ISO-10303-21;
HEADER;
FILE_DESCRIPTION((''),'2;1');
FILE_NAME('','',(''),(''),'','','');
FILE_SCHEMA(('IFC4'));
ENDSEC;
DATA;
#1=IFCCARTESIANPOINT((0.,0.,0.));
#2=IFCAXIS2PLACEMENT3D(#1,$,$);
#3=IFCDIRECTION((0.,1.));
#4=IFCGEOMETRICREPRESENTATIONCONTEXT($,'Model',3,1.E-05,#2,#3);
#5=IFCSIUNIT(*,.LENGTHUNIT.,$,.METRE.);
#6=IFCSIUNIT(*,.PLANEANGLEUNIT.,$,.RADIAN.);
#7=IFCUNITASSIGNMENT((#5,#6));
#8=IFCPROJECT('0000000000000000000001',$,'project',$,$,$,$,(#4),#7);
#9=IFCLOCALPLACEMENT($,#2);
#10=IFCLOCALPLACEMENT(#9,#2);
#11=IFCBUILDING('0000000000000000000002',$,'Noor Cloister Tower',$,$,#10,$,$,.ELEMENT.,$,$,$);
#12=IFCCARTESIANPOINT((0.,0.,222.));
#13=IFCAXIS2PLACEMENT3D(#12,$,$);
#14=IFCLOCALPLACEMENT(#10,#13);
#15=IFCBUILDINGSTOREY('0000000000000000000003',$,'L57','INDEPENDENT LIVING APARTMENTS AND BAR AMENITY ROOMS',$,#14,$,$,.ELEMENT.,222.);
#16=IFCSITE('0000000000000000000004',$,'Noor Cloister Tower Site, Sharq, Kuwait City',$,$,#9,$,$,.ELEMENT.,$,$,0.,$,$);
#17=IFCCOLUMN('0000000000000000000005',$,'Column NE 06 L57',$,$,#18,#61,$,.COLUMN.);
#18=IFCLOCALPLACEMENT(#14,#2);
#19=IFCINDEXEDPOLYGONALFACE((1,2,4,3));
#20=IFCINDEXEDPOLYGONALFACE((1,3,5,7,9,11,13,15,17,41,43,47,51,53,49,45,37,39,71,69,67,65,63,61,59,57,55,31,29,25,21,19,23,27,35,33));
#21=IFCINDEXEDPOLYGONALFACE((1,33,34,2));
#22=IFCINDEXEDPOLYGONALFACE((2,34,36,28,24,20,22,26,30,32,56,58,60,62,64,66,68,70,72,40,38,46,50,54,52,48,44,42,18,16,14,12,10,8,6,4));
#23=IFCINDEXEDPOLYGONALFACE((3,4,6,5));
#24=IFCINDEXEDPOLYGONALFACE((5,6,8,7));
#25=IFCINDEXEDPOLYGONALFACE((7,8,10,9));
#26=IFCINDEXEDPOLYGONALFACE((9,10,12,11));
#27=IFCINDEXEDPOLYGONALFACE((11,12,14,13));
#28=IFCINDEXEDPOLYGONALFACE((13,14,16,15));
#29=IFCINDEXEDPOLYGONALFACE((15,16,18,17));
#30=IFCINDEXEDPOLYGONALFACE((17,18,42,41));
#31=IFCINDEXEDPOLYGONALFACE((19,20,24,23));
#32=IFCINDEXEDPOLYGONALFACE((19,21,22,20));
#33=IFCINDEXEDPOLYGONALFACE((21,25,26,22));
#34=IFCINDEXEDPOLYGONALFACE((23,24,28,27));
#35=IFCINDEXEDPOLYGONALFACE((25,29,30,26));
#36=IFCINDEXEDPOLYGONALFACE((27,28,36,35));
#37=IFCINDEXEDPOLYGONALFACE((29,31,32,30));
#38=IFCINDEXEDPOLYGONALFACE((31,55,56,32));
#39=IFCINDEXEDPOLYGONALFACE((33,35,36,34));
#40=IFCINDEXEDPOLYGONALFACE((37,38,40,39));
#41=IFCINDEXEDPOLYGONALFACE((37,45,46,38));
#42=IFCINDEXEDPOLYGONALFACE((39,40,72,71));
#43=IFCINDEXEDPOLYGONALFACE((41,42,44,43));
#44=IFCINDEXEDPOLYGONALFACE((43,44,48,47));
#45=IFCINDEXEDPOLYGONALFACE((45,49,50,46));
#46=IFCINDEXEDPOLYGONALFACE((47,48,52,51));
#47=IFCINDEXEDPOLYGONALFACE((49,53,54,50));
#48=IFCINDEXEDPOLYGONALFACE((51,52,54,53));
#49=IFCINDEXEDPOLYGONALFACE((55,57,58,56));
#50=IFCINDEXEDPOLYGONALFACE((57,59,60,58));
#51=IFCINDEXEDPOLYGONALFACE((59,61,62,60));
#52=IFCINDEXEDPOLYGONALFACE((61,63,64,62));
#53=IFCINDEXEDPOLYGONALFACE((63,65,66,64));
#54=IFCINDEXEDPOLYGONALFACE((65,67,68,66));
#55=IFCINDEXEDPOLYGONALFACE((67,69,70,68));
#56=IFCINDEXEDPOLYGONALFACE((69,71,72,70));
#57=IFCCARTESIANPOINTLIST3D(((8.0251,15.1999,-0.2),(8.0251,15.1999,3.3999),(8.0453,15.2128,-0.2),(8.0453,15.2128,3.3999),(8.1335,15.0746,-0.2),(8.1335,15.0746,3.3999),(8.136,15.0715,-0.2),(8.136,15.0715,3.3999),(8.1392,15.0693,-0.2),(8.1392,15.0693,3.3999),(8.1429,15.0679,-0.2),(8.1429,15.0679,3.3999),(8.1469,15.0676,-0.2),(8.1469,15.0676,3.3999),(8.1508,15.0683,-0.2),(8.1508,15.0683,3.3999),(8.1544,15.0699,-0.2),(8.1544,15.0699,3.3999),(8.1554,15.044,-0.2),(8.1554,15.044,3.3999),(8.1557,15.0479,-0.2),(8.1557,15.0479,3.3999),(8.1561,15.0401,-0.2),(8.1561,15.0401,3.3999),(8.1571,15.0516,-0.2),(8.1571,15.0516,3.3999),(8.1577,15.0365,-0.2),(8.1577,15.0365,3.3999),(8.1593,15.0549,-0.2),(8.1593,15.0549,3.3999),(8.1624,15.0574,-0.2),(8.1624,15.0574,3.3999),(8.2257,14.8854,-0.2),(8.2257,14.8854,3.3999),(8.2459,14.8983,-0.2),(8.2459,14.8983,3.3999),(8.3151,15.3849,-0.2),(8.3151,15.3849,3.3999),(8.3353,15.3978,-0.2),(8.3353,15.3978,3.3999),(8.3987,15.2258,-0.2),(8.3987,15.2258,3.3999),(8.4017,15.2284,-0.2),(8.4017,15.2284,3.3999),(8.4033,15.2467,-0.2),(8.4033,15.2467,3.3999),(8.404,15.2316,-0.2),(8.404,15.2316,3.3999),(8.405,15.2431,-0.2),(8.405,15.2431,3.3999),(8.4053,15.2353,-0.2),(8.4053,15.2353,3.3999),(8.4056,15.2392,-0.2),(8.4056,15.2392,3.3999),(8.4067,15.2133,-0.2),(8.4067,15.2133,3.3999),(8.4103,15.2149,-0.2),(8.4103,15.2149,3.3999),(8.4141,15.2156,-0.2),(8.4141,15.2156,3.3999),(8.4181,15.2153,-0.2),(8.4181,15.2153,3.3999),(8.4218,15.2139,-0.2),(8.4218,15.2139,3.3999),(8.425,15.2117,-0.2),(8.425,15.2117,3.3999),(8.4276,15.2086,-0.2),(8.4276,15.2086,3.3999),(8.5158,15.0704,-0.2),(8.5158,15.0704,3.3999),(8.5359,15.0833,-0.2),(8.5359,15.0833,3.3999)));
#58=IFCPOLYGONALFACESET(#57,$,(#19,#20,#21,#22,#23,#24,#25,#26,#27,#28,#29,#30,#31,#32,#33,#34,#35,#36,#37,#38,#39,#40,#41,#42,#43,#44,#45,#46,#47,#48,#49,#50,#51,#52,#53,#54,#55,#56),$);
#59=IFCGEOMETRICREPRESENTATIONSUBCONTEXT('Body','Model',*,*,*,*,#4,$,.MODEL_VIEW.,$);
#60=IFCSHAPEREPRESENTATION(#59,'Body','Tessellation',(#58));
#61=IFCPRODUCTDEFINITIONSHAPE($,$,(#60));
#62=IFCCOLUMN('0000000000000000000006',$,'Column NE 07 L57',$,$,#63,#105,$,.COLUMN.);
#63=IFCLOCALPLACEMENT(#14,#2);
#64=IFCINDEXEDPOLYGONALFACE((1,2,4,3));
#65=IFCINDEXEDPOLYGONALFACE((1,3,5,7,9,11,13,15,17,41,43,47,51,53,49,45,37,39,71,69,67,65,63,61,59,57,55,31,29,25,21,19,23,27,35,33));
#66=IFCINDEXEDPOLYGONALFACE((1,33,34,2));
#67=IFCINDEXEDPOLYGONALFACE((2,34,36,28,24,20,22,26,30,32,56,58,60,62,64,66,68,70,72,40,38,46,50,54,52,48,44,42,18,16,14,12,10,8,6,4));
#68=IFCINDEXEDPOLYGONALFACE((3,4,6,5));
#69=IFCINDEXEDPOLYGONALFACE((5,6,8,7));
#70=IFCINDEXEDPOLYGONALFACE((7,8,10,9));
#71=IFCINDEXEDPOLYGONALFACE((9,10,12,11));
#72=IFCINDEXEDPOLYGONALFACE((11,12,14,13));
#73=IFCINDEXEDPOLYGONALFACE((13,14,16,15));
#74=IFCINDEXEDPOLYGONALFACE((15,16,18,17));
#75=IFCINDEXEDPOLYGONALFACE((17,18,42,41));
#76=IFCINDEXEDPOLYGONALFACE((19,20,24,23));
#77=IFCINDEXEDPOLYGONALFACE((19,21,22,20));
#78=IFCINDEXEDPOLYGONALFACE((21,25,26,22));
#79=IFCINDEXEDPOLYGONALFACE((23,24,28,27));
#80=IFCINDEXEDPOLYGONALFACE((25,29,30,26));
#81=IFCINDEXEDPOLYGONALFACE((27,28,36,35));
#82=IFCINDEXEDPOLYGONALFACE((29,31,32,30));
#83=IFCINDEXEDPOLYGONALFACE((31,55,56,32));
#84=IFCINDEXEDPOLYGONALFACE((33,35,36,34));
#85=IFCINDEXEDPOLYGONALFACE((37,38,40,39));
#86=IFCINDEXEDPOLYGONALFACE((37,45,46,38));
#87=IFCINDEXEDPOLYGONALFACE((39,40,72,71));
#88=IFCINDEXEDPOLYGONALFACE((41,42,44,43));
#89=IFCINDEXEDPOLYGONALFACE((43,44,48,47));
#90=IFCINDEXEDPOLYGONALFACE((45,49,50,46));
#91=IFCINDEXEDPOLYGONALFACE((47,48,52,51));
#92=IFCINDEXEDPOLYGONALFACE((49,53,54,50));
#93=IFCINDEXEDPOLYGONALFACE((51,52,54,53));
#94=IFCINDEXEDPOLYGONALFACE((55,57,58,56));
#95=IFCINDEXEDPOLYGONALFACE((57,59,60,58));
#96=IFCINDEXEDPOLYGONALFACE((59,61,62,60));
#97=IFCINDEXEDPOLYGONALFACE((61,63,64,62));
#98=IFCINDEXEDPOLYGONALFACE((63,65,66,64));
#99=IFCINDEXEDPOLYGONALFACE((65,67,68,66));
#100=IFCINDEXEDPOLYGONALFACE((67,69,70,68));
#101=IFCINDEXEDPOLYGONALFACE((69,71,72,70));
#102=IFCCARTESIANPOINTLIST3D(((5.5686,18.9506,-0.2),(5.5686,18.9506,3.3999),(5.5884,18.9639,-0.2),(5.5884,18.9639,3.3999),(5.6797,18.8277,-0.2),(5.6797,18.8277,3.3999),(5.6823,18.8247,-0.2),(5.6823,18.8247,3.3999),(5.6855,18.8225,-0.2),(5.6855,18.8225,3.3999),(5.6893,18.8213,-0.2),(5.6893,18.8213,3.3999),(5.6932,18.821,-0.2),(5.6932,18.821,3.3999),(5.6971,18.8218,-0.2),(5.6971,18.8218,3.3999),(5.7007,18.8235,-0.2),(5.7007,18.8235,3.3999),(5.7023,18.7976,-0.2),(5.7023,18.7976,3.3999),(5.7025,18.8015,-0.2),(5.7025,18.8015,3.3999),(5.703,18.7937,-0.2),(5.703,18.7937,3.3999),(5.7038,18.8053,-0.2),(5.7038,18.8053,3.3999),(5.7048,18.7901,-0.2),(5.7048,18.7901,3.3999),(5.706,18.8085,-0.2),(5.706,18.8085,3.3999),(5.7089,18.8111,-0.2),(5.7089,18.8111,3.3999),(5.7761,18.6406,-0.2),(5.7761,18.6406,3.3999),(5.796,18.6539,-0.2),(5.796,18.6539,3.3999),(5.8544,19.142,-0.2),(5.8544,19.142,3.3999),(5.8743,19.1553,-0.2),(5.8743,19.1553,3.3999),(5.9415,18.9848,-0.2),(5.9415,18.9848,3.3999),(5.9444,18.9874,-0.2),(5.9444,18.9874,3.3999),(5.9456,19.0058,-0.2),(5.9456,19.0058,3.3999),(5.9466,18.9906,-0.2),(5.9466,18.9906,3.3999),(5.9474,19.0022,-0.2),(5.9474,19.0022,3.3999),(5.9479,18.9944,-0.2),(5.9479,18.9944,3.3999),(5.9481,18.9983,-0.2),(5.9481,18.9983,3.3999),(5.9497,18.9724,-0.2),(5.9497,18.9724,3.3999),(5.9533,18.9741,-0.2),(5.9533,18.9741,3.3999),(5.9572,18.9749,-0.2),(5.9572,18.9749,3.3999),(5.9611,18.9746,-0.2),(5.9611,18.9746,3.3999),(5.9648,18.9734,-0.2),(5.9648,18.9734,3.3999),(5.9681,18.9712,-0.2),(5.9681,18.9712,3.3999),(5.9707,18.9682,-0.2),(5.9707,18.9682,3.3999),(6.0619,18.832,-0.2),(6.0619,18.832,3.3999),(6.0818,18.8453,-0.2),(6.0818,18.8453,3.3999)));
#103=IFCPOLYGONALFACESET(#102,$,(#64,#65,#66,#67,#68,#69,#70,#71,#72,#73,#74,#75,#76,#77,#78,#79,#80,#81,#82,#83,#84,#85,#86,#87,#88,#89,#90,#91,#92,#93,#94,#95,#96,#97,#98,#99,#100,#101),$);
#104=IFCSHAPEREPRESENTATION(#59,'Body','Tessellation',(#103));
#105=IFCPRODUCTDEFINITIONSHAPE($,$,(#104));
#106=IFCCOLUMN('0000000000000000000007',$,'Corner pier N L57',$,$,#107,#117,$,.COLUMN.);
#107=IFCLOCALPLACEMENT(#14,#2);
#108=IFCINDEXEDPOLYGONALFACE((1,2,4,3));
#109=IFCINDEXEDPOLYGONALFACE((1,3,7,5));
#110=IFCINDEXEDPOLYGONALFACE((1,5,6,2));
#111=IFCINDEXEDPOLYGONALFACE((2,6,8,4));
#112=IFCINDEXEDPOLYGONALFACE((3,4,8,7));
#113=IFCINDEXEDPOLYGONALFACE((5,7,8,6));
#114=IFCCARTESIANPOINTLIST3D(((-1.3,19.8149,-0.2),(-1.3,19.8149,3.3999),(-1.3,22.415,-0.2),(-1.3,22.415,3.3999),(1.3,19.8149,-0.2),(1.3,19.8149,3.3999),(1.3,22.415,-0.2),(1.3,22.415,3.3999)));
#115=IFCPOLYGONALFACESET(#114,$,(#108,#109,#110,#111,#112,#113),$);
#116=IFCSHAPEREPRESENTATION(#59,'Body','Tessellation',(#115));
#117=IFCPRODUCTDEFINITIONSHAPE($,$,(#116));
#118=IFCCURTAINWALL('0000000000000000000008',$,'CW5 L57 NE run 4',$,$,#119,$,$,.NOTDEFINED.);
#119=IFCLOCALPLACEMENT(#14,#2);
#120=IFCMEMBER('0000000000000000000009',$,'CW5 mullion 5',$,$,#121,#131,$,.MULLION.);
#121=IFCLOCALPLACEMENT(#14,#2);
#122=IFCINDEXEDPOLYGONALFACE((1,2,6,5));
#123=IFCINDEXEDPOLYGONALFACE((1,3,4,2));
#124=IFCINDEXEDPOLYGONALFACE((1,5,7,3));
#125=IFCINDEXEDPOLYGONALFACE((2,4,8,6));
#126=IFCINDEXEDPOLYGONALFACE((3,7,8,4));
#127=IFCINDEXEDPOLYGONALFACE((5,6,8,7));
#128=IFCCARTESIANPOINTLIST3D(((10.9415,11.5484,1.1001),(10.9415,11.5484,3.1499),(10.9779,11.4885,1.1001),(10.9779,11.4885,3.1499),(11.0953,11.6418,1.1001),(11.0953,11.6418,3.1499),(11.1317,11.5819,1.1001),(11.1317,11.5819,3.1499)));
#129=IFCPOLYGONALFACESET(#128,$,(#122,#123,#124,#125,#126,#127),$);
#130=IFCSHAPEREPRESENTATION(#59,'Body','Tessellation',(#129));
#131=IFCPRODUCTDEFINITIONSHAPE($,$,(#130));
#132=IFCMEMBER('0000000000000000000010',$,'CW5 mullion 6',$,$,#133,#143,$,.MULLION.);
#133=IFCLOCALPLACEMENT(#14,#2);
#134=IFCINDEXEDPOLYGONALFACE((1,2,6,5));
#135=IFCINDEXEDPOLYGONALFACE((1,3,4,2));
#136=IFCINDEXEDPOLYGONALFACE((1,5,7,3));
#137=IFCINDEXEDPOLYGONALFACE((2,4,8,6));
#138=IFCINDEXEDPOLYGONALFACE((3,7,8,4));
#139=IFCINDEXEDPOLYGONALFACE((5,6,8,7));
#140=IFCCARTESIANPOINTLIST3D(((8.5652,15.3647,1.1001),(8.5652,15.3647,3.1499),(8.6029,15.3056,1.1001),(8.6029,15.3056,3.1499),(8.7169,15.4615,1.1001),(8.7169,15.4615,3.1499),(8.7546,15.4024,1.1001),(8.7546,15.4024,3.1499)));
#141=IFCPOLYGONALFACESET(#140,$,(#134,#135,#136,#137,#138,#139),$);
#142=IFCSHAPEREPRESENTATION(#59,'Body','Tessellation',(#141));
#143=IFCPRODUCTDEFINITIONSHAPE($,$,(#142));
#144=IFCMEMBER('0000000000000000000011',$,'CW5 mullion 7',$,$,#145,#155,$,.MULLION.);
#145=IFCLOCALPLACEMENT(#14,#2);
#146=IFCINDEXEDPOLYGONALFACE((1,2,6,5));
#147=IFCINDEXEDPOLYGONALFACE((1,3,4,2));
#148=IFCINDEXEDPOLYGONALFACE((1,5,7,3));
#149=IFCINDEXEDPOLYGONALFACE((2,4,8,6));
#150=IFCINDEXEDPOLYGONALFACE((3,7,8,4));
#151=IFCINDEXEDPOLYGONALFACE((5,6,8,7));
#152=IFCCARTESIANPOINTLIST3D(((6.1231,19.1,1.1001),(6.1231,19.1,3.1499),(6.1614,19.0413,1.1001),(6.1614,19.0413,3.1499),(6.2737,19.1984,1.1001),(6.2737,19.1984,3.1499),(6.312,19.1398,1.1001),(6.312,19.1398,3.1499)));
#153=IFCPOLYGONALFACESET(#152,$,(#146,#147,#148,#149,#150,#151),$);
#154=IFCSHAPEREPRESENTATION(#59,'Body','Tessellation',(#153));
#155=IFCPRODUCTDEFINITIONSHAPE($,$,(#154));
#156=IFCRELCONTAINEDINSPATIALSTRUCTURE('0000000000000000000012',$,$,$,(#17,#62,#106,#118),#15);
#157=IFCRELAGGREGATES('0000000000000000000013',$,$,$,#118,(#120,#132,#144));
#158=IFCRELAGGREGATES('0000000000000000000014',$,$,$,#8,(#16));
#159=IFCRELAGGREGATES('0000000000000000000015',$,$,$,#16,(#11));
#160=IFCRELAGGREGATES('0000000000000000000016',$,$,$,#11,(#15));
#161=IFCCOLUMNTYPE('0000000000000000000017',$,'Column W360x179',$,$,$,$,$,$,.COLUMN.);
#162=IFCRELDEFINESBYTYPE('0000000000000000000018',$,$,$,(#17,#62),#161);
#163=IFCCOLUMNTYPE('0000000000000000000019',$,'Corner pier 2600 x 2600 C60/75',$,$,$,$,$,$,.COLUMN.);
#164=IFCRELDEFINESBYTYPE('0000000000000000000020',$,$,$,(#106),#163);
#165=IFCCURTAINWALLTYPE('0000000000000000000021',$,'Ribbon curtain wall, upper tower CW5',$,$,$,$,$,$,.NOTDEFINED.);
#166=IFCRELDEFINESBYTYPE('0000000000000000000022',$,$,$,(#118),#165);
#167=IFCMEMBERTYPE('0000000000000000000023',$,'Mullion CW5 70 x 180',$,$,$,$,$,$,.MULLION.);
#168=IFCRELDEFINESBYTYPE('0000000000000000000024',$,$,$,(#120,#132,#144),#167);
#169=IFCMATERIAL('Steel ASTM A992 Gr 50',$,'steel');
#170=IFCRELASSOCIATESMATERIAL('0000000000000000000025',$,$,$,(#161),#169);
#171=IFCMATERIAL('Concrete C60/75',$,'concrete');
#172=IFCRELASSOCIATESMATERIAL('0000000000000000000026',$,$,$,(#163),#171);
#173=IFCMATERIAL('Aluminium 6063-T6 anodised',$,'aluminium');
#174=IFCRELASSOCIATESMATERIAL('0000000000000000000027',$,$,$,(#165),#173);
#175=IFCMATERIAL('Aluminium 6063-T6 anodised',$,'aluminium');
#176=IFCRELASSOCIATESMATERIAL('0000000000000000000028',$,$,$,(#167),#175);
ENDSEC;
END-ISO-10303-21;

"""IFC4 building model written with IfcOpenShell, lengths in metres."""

from ifc_helpers import new_model, si_unit, direction, frame, origin, origin_2d, place, context, subcontext, project, spatial, rectangle, i_section, extrude, material, material_profile, profile_set, type_object, element, aggregate, save


model = new_model("IFC4")

# Units and contexts
model_context = context("Model", 3, precision=1e-05, world=origin(), true_north=direction((0.0, 1.0)))
body_context = subcontext(model_context, "Body", "Model", "MODEL_VIEW")
ifc_project = project(units=[si_unit("LENGTHUNIT", "METRE"), si_unit("PLANEANGLEUNIT", "RADIAN")], contexts=[model_context])

# Site, building, storey
site_placement = place(None, origin())
site = spatial("IfcSite", under=ifc_project, at=site_placement, Name="Noor Cloister Tower Site, Sharq, Kuwait City", CompositionType="ELEMENT", RefElevation=0.0)
building_placement = place(site_placement, origin())
building = spatial("IfcBuilding", under=site, at=building_placement, Name="Noor Cloister Tower", CompositionType="ELEMENT")
storey_placement = place(building_placement, frame((0.0, 0.0, 222.0)))
storey = spatial("IfcBuildingStorey", under=building, at=storey_placement, Name="L57", Description="INDEPENDENT LIVING APARTMENTS AND BAR AMENITY ROOMS", CompositionType="ELEMENT", Elevation=222.0)

# Columns
ifc_material_1 = material(Name="Steel ASTM A992 Gr 50", Category="steel")
ifc_material_profile_1 = material_profile(ifc_material_1, i_section(OverallWidth=0.373, OverallDepth=0.3679, WebThickness=0.0149, FlangeThickness=0.0239, FilletRadius=0.0151, at=origin_2d()), Name="W360x179")
ifc_profile_set_1 = profile_set([ifc_material_profile_1], Name="Steel ASTM A992 Gr 50")
column_type_1 = type_object("IfcColumnType", Name="Column W360x179", PredefinedType="COLUMN", material=ifc_profile_set_1)
for number, where, z_axis, x_axis, name in (
    (1, (8.2805, 15.1416, -0.2), (0.0, 0.0, 1.0), (-0.537834, 0.843051, 0.0), "Column NE 06 L57"),
    (2, (5.8252, 18.8979, -0.2), (0.0, 0.0, 1.0), (-0.55636, 0.830941, 0.0), "Column NE 07 L57"),
):
    element("IfcColumn", number, at=place(storey_placement, frame(where, z_axis=z_axis, x_axis=x_axis)), inside=storey, type_object=column_type_1, Name=name, PredefinedType="COLUMN", context=body_context, shape_type="SweptSolid", body=[
        extrude(i_section(OverallWidth=0.373, OverallDepth=0.3679, WebThickness=0.0149, FlangeThickness=0.0239, FilletRadius=0.0151, at=origin_2d()), origin(), (0.0, 0.0, 1.0), 3.5999),
    ])
ifc_material_2 = material(Name="Concrete C60/75", Category="concrete")
ifc_material_profile_2 = material_profile(ifc_material_2, rectangle(XDim=2.6001, YDim=2.6001, at=origin_2d()), Name="RC 2600x2600")
ifc_profile_set_2 = profile_set([ifc_material_profile_2], Name="Concrete C60/75")
column_type_2 = type_object("IfcColumnType", Name="Corner pier 2600 x 2600 C60/75", PredefinedType="COLUMN", material=ifc_profile_set_2)
column_placement = place(storey_placement, frame((0.0, 21.115, -0.2), z_axis=(0.0, 0.0, 1.0), x_axis=(0.0, 1.0, 0.0)))
element("IfcColumn", 3, at=column_placement, inside=storey, type_object=column_type_2, Name="Corner pier N L57", PredefinedType="COLUMN", context=body_context, shape_type="SweptSolid", body=[
    extrude(rectangle(XDim=2.6001, YDim=2.6001, at=origin_2d()), origin(), (0.0, 0.0, 1.0), 3.5999),
])

# Curtain wall, members
ifc_material_3 = material(Name="Aluminium 6063-T6 anodised", Category="aluminium")
curtain_wall_type = type_object("IfcCurtainWallType", Name="Ribbon curtain wall, upper tower CW5", PredefinedType="NOTDEFINED", material=ifc_material_3)
curtain_wall_placement = place(storey_placement, origin())
curtain_wall = element("IfcCurtainWall", 4, at=curtain_wall_placement, inside=storey, type_object=curtain_wall_type, Name="CW5 L57 NE run 4", PredefinedType="NOTDEFINED")
ifc_material_4 = material(Name="Aluminium 6063-T6 anodised", Category="aluminium")
ifc_material_profile_3 = material_profile(ifc_material_4, rectangle(XDim=0.1799, YDim=0.0701, at=origin_2d()), Name="180 x 70 mullion")
ifc_profile_set_3 = profile_set([ifc_material_profile_3], Name="Aluminium 6063-T6 anodised")
member_type = type_object("IfcMemberType", Name="Mullion CW5 70 x 180", PredefinedType="MULLION", material=ifc_profile_set_3)
member_1_placement = place(storey_placement, frame((11.0366, 11.5652, 1.1001), z_axis=(0.0, 0.0, 1.0), x_axis=(-0.854747, -0.519044, 0.0)))
member_1 = element("IfcMember", 5, at=member_1_placement, type_object=member_type, Name="CW5 mullion 5", PredefinedType="MULLION", context=body_context, shape_type="SweptSolid", body=[
    extrude(rectangle(XDim=0.1799, YDim=0.0701, at=origin_2d()), origin(), (0.0, 0.0, 1.0), 2.0498),
])
member_2_placement = place(storey_placement, frame((8.6599, 15.3835, 1.1001), z_axis=(0.0, 0.0, 1.0), x_axis=(-0.843051, -0.537834, 0.0)))
member_2 = element("IfcMember", 6, at=member_2_placement, type_object=member_type, Name="CW5 mullion 6", PredefinedType="MULLION", context=body_context, shape_type="SweptSolid", body=[
    extrude(rectangle(XDim=0.1799, YDim=0.0701, at=origin_2d()), origin(), (0.0, 0.0, 1.0), 2.0498),
])
member_3_placement = place(storey_placement, frame((6.2175, 19.1199, 1.1001), z_axis=(0.0, 0.0, 1.0), x_axis=(-0.837047, -0.547131, 0.0)))
member_3 = element("IfcMember", 7, at=member_3_placement, type_object=member_type, Name="CW5 mullion 7", PredefinedType="MULLION", context=body_context, shape_type="SweptSolid", body=[
    extrude(rectangle(XDim=0.1799, YDim=0.0701, at=origin_2d()), origin(), (0.0, 0.0, 1.0), 2.0498),
])

aggregate(curtain_wall, [member_1, member_2, member_3])

save(model, "model.ifc")
